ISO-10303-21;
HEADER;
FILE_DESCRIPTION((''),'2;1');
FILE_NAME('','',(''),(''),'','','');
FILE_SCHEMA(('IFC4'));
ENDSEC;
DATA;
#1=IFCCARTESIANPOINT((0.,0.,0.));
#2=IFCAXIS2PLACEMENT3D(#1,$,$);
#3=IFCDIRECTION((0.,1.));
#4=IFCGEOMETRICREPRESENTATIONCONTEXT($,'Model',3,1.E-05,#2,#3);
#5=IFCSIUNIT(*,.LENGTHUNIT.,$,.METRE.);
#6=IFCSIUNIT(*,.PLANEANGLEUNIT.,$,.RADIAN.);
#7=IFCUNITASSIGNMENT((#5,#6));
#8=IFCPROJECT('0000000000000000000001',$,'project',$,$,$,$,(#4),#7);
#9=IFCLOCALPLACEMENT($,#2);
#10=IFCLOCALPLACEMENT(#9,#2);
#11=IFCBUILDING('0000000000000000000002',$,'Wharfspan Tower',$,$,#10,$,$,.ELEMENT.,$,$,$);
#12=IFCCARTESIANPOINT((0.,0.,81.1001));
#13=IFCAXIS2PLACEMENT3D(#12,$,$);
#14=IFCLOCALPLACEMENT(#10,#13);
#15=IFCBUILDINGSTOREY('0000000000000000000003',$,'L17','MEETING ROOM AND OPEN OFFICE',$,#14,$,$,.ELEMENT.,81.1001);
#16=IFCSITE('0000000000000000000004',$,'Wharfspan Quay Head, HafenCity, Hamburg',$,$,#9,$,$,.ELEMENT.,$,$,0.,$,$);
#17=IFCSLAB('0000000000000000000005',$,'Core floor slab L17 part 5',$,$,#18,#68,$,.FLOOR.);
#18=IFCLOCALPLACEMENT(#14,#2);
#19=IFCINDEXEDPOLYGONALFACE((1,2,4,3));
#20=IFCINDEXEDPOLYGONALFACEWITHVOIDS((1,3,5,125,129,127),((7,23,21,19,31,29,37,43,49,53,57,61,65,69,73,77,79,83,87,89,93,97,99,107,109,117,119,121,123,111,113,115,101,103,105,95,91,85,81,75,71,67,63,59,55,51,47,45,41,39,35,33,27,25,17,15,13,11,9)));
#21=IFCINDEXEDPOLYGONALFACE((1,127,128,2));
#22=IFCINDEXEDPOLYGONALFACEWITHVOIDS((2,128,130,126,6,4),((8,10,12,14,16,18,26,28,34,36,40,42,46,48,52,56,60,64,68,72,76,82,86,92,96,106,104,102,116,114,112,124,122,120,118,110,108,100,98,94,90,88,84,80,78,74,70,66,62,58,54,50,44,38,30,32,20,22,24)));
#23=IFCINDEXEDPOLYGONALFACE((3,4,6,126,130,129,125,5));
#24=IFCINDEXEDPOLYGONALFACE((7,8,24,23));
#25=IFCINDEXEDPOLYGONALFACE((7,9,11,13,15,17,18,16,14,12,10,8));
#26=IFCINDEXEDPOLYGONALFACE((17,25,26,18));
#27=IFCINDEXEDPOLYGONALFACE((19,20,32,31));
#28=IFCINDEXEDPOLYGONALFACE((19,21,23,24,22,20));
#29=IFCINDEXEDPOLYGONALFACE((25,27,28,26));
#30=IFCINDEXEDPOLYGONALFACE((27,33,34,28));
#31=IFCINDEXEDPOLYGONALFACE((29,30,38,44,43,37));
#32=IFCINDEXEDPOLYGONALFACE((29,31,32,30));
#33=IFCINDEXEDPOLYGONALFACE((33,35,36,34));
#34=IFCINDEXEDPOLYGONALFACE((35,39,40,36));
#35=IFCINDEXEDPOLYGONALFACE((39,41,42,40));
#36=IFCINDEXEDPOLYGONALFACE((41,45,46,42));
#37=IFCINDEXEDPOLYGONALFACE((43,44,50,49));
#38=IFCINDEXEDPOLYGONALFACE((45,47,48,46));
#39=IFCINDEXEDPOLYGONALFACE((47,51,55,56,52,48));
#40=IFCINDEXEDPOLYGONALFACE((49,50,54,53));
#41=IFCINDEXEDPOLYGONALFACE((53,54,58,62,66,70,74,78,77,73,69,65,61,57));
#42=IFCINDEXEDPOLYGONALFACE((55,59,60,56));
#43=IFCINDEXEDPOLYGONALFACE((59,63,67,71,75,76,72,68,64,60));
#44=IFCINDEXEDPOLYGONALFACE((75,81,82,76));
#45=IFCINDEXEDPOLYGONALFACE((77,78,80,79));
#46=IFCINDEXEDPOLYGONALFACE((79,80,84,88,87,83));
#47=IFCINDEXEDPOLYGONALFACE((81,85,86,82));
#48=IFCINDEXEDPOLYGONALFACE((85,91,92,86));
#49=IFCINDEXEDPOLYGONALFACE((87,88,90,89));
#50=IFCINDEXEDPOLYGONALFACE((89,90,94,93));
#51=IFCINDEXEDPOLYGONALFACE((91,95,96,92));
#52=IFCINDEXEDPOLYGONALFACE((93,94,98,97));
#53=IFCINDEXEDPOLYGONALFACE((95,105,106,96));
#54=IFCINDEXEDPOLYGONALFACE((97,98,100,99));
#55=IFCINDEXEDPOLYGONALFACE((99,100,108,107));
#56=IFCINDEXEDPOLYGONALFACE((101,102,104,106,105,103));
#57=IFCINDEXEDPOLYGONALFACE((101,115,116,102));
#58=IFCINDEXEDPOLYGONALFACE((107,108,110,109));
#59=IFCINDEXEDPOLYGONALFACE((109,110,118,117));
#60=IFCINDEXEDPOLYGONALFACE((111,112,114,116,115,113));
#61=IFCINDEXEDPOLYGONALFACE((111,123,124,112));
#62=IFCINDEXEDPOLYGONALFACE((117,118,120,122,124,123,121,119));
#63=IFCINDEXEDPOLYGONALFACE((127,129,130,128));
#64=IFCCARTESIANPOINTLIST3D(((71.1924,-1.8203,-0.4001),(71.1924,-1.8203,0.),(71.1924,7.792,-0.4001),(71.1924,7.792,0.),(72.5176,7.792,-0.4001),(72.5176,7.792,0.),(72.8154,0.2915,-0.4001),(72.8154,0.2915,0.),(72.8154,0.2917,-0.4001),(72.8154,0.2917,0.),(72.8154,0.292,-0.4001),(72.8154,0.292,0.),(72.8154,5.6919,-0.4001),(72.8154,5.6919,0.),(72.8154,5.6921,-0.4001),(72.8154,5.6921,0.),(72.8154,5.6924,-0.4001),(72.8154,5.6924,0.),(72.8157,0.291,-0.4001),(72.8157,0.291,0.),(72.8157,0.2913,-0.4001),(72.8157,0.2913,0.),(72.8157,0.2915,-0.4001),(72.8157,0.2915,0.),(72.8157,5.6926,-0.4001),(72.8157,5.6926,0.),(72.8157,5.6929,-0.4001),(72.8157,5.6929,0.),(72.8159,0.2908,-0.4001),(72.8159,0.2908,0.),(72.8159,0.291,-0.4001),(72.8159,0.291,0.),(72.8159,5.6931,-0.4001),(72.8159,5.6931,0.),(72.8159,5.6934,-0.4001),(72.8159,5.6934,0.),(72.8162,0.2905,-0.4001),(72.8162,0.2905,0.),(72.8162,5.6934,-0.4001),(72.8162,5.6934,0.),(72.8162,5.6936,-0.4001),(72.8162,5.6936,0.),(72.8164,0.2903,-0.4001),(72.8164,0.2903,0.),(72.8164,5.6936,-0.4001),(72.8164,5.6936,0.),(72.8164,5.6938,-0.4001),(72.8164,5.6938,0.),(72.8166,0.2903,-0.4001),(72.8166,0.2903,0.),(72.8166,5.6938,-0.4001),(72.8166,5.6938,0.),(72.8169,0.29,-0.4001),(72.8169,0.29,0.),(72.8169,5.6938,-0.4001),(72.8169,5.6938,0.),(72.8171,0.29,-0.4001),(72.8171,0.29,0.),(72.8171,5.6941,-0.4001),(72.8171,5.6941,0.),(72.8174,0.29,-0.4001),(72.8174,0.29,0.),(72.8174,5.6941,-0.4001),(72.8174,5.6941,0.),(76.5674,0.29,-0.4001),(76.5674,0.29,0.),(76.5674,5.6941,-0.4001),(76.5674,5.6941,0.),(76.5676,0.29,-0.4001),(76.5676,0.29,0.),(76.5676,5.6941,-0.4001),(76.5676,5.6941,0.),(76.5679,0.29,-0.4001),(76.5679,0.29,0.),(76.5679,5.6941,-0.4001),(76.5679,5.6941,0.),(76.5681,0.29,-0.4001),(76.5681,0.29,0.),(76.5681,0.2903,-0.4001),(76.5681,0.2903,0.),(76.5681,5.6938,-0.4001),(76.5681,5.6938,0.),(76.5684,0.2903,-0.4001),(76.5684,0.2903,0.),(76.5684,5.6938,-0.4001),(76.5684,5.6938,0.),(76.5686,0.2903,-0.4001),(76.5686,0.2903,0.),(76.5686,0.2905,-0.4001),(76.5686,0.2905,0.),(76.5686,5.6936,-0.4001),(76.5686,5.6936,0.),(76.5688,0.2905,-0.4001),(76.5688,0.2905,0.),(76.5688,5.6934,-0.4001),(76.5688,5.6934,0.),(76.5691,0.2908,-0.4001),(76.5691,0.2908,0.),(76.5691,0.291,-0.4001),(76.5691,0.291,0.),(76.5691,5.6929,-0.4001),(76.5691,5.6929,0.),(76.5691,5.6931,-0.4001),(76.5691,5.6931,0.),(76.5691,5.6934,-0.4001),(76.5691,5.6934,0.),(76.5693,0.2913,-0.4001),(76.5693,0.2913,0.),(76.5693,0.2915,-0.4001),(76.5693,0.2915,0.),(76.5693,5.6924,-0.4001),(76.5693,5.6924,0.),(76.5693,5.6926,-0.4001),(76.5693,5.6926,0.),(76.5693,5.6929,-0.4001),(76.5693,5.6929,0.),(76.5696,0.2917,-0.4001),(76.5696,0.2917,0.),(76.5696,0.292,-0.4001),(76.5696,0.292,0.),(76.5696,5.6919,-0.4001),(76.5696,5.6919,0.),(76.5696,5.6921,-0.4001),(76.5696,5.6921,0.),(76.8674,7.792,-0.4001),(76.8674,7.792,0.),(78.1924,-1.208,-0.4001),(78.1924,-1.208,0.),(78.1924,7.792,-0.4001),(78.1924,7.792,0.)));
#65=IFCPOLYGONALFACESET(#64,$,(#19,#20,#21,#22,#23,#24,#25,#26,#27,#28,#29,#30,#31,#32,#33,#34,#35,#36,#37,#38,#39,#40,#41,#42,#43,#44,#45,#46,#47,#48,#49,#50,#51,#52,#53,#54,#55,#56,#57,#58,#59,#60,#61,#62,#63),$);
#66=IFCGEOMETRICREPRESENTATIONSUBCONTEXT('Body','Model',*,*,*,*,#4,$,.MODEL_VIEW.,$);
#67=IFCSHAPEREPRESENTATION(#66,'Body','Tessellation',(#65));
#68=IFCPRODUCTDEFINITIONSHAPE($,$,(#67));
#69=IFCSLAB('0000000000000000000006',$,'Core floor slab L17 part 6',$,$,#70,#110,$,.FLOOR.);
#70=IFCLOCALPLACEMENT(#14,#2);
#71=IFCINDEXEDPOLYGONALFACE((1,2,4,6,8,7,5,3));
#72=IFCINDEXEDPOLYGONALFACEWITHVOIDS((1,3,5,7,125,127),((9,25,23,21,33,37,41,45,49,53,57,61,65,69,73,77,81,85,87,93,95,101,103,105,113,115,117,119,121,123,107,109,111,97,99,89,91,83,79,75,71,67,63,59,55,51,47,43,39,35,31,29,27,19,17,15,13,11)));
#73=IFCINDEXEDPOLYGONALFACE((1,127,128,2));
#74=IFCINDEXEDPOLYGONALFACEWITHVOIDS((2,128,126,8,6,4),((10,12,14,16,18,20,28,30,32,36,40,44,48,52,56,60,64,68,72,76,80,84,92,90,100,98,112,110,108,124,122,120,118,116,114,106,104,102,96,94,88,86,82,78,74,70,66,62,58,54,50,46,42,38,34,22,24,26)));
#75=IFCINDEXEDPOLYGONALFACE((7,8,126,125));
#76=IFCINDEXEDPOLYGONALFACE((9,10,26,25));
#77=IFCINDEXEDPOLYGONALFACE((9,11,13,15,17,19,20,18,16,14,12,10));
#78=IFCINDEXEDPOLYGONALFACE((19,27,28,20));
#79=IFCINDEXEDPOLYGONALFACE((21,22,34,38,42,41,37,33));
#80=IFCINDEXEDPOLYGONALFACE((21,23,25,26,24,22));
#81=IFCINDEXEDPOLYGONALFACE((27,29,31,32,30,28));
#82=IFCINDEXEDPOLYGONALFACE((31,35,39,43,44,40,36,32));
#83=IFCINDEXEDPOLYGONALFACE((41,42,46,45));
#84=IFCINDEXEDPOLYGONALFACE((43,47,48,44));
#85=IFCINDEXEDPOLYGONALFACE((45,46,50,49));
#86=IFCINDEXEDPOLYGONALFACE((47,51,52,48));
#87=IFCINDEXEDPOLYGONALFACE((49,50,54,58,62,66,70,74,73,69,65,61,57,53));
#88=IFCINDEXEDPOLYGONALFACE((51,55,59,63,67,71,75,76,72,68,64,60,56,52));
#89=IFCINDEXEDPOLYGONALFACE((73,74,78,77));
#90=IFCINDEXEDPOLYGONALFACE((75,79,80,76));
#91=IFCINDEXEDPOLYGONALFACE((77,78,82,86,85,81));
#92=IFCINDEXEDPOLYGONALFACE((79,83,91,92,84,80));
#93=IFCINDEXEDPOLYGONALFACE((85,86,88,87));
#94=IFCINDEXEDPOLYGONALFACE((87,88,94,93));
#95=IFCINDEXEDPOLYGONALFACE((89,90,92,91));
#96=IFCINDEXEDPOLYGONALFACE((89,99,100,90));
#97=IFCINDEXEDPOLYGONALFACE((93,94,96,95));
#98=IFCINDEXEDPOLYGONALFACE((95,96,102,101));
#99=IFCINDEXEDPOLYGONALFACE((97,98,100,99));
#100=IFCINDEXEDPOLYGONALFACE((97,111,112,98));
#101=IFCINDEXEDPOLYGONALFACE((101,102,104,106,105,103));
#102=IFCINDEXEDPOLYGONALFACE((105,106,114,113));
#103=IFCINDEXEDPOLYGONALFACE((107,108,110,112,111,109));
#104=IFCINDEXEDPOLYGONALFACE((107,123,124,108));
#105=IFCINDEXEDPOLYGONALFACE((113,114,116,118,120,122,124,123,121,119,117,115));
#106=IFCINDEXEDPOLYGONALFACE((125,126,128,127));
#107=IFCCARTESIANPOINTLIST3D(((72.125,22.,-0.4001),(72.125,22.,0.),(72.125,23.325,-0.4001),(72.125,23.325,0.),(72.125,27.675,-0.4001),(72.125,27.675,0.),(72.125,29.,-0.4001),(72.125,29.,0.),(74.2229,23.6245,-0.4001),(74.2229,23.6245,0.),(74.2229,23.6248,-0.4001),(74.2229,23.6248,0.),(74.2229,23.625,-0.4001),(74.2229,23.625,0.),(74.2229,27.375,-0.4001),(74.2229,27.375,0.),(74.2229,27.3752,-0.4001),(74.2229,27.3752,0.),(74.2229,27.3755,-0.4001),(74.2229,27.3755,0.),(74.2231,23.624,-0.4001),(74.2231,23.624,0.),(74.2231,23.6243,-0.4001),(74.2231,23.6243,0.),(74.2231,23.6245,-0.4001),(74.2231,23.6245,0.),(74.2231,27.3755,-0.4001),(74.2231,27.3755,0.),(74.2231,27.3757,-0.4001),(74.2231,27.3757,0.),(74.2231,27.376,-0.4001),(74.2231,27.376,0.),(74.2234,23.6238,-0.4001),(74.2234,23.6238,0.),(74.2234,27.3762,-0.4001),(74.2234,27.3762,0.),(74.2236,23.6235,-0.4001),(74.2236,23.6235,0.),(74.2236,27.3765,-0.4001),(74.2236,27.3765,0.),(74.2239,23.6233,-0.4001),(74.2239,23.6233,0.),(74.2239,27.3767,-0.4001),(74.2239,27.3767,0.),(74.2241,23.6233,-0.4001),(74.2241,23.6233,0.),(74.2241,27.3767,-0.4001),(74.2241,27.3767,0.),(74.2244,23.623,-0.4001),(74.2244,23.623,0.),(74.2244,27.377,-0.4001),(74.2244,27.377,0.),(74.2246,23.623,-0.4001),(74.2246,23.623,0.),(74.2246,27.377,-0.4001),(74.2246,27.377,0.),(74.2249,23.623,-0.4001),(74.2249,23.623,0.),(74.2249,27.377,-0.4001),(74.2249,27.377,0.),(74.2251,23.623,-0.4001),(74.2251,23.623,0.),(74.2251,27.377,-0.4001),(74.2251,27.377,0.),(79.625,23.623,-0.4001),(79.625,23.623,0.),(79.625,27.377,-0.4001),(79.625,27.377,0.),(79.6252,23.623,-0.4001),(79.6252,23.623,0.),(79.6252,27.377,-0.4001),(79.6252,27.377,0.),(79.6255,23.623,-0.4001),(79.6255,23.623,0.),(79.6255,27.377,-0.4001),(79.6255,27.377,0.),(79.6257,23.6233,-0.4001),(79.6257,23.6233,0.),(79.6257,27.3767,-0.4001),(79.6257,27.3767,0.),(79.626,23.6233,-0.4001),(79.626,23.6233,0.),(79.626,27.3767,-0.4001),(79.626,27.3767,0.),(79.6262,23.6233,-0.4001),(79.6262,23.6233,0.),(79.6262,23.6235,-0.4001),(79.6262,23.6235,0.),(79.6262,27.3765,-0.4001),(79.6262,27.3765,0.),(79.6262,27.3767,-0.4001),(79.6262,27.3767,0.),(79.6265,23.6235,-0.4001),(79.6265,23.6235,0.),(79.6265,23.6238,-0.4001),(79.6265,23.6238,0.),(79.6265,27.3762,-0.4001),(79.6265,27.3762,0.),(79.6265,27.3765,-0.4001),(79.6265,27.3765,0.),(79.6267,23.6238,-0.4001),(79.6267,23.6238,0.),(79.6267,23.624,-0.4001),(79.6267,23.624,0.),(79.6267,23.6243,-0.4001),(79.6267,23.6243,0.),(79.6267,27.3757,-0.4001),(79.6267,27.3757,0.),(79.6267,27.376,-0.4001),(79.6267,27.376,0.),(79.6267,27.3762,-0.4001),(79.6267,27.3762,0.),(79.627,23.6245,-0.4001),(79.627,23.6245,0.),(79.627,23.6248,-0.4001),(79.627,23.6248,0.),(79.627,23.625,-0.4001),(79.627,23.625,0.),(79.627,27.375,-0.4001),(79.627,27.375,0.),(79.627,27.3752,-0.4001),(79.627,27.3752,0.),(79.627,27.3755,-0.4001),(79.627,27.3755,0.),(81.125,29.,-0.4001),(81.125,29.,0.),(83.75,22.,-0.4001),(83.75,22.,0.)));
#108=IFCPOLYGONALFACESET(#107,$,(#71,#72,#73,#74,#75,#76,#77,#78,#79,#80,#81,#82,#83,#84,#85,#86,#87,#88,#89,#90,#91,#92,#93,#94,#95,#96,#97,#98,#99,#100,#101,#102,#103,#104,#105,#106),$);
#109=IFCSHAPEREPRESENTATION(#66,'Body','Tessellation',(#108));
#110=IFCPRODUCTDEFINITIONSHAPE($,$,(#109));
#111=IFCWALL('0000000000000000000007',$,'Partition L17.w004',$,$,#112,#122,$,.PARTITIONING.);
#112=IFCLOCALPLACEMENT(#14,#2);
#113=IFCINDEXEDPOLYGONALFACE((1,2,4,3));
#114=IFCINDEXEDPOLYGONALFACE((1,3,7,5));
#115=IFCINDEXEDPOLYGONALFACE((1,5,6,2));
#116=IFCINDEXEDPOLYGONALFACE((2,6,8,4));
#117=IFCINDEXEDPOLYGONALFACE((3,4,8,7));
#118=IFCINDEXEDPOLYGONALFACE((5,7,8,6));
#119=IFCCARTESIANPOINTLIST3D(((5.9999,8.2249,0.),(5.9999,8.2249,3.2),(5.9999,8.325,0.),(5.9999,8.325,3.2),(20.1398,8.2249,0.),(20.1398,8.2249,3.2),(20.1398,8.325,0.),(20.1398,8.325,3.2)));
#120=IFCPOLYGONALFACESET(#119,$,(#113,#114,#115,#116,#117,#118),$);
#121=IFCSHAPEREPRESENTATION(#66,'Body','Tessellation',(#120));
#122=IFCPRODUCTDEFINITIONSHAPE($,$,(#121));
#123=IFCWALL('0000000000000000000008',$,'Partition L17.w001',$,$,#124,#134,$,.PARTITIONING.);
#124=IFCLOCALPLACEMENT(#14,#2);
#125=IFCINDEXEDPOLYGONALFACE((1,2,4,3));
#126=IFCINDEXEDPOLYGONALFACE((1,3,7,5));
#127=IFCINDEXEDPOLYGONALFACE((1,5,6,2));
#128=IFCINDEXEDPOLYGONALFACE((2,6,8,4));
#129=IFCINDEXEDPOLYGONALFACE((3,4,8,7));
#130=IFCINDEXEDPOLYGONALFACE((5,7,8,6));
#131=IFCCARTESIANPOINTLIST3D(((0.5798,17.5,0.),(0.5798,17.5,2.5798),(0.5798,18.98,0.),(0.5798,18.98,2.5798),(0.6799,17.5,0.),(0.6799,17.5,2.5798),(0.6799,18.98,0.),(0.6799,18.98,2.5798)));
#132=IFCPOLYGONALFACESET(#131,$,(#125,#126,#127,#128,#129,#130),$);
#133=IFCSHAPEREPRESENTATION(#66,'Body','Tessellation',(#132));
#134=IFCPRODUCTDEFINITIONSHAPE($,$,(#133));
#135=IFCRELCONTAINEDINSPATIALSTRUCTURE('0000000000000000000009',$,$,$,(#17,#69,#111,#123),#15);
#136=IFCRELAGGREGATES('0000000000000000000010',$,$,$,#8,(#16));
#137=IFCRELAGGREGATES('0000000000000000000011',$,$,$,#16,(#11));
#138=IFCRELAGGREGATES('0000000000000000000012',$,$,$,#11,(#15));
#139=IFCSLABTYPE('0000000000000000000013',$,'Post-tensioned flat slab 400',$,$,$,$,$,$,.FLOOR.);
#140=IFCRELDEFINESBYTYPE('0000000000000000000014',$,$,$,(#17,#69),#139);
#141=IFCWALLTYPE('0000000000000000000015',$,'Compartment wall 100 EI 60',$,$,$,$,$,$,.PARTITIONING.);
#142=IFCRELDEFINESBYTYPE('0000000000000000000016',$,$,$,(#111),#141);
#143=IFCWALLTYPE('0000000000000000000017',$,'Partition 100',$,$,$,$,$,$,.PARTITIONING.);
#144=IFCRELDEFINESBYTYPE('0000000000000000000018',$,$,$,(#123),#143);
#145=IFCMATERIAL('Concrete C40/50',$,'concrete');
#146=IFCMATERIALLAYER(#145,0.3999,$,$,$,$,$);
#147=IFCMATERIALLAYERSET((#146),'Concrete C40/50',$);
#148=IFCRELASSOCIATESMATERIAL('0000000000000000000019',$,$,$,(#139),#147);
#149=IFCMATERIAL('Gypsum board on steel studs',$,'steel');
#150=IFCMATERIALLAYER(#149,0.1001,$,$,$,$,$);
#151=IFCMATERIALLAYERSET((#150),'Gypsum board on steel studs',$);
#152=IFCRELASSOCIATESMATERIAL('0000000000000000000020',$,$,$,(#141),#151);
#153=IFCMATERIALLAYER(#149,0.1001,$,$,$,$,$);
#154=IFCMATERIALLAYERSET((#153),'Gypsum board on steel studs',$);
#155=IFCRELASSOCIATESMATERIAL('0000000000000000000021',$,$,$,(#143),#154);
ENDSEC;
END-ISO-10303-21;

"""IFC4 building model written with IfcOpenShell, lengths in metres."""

from ifc_helpers import new_model, si_unit, direction, frame, frame_2d, origin, place, context, subcontext, project, spatial, polyline, rectangle, outline, extrude, material, layer, layer_set, type_object, element, save


model = new_model("IFC4")

# Units and contexts
model_context = context("Model", 3, precision=1e-05, world=origin(), true_north=direction((0.0, 1.0)))
body_context = subcontext(model_context, "Body", "Model", "MODEL_VIEW")
ifc_project = project(units=[si_unit("LENGTHUNIT", "METRE"), si_unit("PLANEANGLEUNIT", "RADIAN")], contexts=[model_context])

# Site, building, storey
site_placement = place(None, origin())
site = spatial("IfcSite", under=ifc_project, at=site_placement, Name="Wharfspan Quay Head, HafenCity, Hamburg", CompositionType="ELEMENT", RefElevation=0.0)
building_placement = place(site_placement, origin())
building = spatial("IfcBuilding", under=site, at=building_placement, Name="Wharfspan Tower", CompositionType="ELEMENT")
storey_placement = place(building_placement, frame((0.0, 0.0, 81.1001)))
storey = spatial("IfcBuildingStorey", under=building, at=storey_placement, Name="L17", Description="MEETING ROOM AND OPEN OFFICE", CompositionType="ELEMENT", Elevation=81.1001)

# Slabs
ifc_material_1 = material(Name="Concrete C40/50", Category="concrete")
ifc_layer_1 = layer(ifc_material_1, 0.3999)
ifc_layer_set_1 = layer_set([ifc_layer_1], Name="Concrete C40/50")
slab_type = type_object("IfcSlabType", Name="Post-tensioned flat slab 400", PredefinedType="FLOOR", material=ifc_layer_set_1)
slab_1_placement = place(storey_placement, frame((0.0, 0.0, -0.4001)))
element("IfcSlab", 1, at=slab_1_placement, inside=storey, type_object=slab_type, Name="Core floor slab L17 part 5", PredefinedType="FLOOR", context=body_context, shape_type="SweptSolid", body=[
    extrude(outline(polyline([(78.1924, 7.792), (76.8674, 7.792), (72.5176, 7.792), (71.1924, 7.792), (71.1924, -1.8203), (78.1924, -1.208), (78.1924, 7.792)]), holes=[polyline([(76.5674, 5.6941), (76.5676, 5.6941), (76.5679, 5.6941), (76.5681, 5.6938), (76.5681, 5.6938), (76.5684, 5.6938), (76.5686, 5.6936), (76.5686, 5.6936), (76.5688, 5.6934), (76.5691, 5.6934), (76.5691, 5.6931), (76.5691, 5.6929), (76.5693, 5.6929), (76.5693, 5.6926), (76.5693, 5.6924), (76.5696, 5.6921), (76.5696, 5.6919), (76.5696, 0.292), (76.5696, 0.2917), (76.5693, 0.2915), (76.5693, 0.2915), (76.5693, 0.2913), (76.5691, 0.291), (76.5691, 0.291), (76.5691, 0.2908), (76.5688, 0.2905), (76.5686, 0.2905), (76.5686, 0.2903), (76.5684, 0.2903), (76.5681, 0.2903), (76.5681, 0.29), (76.5679, 0.29), (76.5676, 0.29), (76.5674, 0.29), (72.8174, 0.29), (72.8174, 0.29), (72.8171, 0.29), (72.8169, 0.29), (72.8166, 0.2903), (72.8164, 0.2903), (72.8164, 0.2903), (72.8162, 0.2905), (72.8162, 0.2905), (72.8159, 0.2908), (72.8159, 0.291), (72.8157, 0.291), (72.8157, 0.2913), (72.8157, 0.2915), (72.8154, 0.2915), (72.8154, 0.2917), (72.8154, 0.292), (72.8154, 5.6919), (72.8154, 5.6921), (72.8154, 5.6924), (72.8157, 5.6926), (72.8157, 5.6929), (72.8157, 5.6929), (72.8159, 5.6931), (72.8159, 5.6934), (72.8162, 5.6934), (72.8162, 5.6936), (72.8164, 5.6936), (72.8164, 5.6938), (72.8166, 5.6938), (72.8169, 5.6938), (72.8171, 5.6941), (72.8174, 5.6941), (72.8174, 5.6941), (76.5674, 5.6941)])]), origin(), (0.0, 0.0, 1.0), 0.4001),
])
slab_2_placement = place(storey_placement, frame((0.0, 0.0, -0.4001)))
element("IfcSlab", 2, at=slab_2_placement, inside=storey, type_object=slab_type, Name="Core floor slab L17 part 6", PredefinedType="FLOOR", context=body_context, shape_type="SweptSolid", body=[
    extrude(outline(polyline([(81.125, 29.0), (72.125, 29.0), (72.125, 27.675), (72.125, 23.325), (72.125, 22.0), (83.75, 22.0), (81.125, 29.0)]), holes=[polyline([(74.2229, 27.375), (74.2229, 27.3752), (74.2229, 27.3755), (74.2231, 27.3755), (74.2231, 27.3757), (74.2231, 27.376), (74.2234, 27.3762), (74.2234, 27.3762), (74.2236, 27.3765), (74.2236, 27.3765), (74.2239, 27.3767), (74.2241, 27.3767), (74.2241, 27.3767), (74.2244, 27.377), (74.2246, 27.377), (74.2249, 27.377), (74.2251, 27.377), (79.625, 27.377), (79.6252, 27.377), (79.6255, 27.377), (79.6255, 27.377), (79.6257, 27.3767), (79.626, 27.3767), (79.6262, 27.3767), (79.6262, 27.3765), (79.6265, 27.3765), (79.6265, 27.3762), (79.6267, 27.3762), (79.6267, 27.376), (79.6267, 27.3757), (79.627, 27.3755), (79.627, 27.3755), (79.627, 27.3752), (79.627, 27.375), (79.627, 23.625), (79.627, 23.6248), (79.627, 23.6245), (79.627, 23.6245), (79.6267, 23.6243), (79.6267, 23.624), (79.6267, 23.6238), (79.6265, 23.6238), (79.6265, 23.6235), (79.6262, 23.6235), (79.6262, 23.6233), (79.626, 23.6233), (79.6257, 23.6233), (79.6255, 23.623), (79.6255, 23.623), (79.6252, 23.623), (79.625, 23.623), (74.2251, 23.623), (74.2249, 23.623), (74.2246, 23.623), (74.2244, 23.623), (74.2241, 23.6233), (74.2241, 23.6233), (74.2239, 23.6233), (74.2236, 23.6235), (74.2236, 23.6235), (74.2234, 23.6238), (74.2234, 23.6238), (74.2231, 23.624), (74.2231, 23.6243), (74.2231, 23.6245), (74.2229, 23.6245), (74.2229, 23.6248), (74.2229, 23.625), (74.2229, 27.375)])]), origin(), (0.0, 0.0, 1.0), 0.4001),
])

# Walls
ifc_material_2 = material(Name="Gypsum board on steel studs", Category="steel")
ifc_layer_2 = layer(ifc_material_2, 0.1001)
ifc_layer_set_2 = layer_set([ifc_layer_2], Name="Gypsum board on steel studs")
wall_type_1 = type_object("IfcWallType", Name="Compartment wall 100 EI 60", PredefinedType="PARTITIONING", material=ifc_layer_set_2)
wall_1_placement = place(storey_placement, frame((6.0, 8.2749, 0.0), z_axis=(0.0, 0.0, 1.0), x_axis=(1.0, 0.0, 0.0)))
element("IfcWall", 3, at=wall_1_placement, inside=storey, type_object=wall_type_1, Name="Partition L17.w004", PredefinedType="PARTITIONING", context=body_context, shape_type="SweptSolid", body=[
    extrude(rectangle(XDim=14.1399, YDim=0.1001, at=frame_2d((7.0698, 0.0))), origin(), (0.0, 0.0, 1.0), 3.2),
])
ifc_layer_3 = layer(ifc_material_2, 0.1001)
ifc_layer_set_3 = layer_set([ifc_layer_3], Name="Gypsum board on steel studs")
wall_type_2 = type_object("IfcWallType", Name="Partition 100", PredefinedType="PARTITIONING", material=ifc_layer_set_3)
wall_2_placement = place(storey_placement, frame((0.6299, 17.5, 0.0), z_axis=(0.0, 0.0, 1.0), x_axis=(0.0, 1.0, 0.0)))
element("IfcWall", 4, at=wall_2_placement, inside=storey, type_object=wall_type_2, Name="Partition L17.w001", PredefinedType="PARTITIONING", context=body_context, shape_type="SweptSolid", body=[
    extrude(rectangle(XDim=1.48, YDim=0.1001, at=frame_2d((0.74, 0.0))), origin(), (0.0, 0.0, 1.0), 2.5798),
])

save(model, "model.ifc")
